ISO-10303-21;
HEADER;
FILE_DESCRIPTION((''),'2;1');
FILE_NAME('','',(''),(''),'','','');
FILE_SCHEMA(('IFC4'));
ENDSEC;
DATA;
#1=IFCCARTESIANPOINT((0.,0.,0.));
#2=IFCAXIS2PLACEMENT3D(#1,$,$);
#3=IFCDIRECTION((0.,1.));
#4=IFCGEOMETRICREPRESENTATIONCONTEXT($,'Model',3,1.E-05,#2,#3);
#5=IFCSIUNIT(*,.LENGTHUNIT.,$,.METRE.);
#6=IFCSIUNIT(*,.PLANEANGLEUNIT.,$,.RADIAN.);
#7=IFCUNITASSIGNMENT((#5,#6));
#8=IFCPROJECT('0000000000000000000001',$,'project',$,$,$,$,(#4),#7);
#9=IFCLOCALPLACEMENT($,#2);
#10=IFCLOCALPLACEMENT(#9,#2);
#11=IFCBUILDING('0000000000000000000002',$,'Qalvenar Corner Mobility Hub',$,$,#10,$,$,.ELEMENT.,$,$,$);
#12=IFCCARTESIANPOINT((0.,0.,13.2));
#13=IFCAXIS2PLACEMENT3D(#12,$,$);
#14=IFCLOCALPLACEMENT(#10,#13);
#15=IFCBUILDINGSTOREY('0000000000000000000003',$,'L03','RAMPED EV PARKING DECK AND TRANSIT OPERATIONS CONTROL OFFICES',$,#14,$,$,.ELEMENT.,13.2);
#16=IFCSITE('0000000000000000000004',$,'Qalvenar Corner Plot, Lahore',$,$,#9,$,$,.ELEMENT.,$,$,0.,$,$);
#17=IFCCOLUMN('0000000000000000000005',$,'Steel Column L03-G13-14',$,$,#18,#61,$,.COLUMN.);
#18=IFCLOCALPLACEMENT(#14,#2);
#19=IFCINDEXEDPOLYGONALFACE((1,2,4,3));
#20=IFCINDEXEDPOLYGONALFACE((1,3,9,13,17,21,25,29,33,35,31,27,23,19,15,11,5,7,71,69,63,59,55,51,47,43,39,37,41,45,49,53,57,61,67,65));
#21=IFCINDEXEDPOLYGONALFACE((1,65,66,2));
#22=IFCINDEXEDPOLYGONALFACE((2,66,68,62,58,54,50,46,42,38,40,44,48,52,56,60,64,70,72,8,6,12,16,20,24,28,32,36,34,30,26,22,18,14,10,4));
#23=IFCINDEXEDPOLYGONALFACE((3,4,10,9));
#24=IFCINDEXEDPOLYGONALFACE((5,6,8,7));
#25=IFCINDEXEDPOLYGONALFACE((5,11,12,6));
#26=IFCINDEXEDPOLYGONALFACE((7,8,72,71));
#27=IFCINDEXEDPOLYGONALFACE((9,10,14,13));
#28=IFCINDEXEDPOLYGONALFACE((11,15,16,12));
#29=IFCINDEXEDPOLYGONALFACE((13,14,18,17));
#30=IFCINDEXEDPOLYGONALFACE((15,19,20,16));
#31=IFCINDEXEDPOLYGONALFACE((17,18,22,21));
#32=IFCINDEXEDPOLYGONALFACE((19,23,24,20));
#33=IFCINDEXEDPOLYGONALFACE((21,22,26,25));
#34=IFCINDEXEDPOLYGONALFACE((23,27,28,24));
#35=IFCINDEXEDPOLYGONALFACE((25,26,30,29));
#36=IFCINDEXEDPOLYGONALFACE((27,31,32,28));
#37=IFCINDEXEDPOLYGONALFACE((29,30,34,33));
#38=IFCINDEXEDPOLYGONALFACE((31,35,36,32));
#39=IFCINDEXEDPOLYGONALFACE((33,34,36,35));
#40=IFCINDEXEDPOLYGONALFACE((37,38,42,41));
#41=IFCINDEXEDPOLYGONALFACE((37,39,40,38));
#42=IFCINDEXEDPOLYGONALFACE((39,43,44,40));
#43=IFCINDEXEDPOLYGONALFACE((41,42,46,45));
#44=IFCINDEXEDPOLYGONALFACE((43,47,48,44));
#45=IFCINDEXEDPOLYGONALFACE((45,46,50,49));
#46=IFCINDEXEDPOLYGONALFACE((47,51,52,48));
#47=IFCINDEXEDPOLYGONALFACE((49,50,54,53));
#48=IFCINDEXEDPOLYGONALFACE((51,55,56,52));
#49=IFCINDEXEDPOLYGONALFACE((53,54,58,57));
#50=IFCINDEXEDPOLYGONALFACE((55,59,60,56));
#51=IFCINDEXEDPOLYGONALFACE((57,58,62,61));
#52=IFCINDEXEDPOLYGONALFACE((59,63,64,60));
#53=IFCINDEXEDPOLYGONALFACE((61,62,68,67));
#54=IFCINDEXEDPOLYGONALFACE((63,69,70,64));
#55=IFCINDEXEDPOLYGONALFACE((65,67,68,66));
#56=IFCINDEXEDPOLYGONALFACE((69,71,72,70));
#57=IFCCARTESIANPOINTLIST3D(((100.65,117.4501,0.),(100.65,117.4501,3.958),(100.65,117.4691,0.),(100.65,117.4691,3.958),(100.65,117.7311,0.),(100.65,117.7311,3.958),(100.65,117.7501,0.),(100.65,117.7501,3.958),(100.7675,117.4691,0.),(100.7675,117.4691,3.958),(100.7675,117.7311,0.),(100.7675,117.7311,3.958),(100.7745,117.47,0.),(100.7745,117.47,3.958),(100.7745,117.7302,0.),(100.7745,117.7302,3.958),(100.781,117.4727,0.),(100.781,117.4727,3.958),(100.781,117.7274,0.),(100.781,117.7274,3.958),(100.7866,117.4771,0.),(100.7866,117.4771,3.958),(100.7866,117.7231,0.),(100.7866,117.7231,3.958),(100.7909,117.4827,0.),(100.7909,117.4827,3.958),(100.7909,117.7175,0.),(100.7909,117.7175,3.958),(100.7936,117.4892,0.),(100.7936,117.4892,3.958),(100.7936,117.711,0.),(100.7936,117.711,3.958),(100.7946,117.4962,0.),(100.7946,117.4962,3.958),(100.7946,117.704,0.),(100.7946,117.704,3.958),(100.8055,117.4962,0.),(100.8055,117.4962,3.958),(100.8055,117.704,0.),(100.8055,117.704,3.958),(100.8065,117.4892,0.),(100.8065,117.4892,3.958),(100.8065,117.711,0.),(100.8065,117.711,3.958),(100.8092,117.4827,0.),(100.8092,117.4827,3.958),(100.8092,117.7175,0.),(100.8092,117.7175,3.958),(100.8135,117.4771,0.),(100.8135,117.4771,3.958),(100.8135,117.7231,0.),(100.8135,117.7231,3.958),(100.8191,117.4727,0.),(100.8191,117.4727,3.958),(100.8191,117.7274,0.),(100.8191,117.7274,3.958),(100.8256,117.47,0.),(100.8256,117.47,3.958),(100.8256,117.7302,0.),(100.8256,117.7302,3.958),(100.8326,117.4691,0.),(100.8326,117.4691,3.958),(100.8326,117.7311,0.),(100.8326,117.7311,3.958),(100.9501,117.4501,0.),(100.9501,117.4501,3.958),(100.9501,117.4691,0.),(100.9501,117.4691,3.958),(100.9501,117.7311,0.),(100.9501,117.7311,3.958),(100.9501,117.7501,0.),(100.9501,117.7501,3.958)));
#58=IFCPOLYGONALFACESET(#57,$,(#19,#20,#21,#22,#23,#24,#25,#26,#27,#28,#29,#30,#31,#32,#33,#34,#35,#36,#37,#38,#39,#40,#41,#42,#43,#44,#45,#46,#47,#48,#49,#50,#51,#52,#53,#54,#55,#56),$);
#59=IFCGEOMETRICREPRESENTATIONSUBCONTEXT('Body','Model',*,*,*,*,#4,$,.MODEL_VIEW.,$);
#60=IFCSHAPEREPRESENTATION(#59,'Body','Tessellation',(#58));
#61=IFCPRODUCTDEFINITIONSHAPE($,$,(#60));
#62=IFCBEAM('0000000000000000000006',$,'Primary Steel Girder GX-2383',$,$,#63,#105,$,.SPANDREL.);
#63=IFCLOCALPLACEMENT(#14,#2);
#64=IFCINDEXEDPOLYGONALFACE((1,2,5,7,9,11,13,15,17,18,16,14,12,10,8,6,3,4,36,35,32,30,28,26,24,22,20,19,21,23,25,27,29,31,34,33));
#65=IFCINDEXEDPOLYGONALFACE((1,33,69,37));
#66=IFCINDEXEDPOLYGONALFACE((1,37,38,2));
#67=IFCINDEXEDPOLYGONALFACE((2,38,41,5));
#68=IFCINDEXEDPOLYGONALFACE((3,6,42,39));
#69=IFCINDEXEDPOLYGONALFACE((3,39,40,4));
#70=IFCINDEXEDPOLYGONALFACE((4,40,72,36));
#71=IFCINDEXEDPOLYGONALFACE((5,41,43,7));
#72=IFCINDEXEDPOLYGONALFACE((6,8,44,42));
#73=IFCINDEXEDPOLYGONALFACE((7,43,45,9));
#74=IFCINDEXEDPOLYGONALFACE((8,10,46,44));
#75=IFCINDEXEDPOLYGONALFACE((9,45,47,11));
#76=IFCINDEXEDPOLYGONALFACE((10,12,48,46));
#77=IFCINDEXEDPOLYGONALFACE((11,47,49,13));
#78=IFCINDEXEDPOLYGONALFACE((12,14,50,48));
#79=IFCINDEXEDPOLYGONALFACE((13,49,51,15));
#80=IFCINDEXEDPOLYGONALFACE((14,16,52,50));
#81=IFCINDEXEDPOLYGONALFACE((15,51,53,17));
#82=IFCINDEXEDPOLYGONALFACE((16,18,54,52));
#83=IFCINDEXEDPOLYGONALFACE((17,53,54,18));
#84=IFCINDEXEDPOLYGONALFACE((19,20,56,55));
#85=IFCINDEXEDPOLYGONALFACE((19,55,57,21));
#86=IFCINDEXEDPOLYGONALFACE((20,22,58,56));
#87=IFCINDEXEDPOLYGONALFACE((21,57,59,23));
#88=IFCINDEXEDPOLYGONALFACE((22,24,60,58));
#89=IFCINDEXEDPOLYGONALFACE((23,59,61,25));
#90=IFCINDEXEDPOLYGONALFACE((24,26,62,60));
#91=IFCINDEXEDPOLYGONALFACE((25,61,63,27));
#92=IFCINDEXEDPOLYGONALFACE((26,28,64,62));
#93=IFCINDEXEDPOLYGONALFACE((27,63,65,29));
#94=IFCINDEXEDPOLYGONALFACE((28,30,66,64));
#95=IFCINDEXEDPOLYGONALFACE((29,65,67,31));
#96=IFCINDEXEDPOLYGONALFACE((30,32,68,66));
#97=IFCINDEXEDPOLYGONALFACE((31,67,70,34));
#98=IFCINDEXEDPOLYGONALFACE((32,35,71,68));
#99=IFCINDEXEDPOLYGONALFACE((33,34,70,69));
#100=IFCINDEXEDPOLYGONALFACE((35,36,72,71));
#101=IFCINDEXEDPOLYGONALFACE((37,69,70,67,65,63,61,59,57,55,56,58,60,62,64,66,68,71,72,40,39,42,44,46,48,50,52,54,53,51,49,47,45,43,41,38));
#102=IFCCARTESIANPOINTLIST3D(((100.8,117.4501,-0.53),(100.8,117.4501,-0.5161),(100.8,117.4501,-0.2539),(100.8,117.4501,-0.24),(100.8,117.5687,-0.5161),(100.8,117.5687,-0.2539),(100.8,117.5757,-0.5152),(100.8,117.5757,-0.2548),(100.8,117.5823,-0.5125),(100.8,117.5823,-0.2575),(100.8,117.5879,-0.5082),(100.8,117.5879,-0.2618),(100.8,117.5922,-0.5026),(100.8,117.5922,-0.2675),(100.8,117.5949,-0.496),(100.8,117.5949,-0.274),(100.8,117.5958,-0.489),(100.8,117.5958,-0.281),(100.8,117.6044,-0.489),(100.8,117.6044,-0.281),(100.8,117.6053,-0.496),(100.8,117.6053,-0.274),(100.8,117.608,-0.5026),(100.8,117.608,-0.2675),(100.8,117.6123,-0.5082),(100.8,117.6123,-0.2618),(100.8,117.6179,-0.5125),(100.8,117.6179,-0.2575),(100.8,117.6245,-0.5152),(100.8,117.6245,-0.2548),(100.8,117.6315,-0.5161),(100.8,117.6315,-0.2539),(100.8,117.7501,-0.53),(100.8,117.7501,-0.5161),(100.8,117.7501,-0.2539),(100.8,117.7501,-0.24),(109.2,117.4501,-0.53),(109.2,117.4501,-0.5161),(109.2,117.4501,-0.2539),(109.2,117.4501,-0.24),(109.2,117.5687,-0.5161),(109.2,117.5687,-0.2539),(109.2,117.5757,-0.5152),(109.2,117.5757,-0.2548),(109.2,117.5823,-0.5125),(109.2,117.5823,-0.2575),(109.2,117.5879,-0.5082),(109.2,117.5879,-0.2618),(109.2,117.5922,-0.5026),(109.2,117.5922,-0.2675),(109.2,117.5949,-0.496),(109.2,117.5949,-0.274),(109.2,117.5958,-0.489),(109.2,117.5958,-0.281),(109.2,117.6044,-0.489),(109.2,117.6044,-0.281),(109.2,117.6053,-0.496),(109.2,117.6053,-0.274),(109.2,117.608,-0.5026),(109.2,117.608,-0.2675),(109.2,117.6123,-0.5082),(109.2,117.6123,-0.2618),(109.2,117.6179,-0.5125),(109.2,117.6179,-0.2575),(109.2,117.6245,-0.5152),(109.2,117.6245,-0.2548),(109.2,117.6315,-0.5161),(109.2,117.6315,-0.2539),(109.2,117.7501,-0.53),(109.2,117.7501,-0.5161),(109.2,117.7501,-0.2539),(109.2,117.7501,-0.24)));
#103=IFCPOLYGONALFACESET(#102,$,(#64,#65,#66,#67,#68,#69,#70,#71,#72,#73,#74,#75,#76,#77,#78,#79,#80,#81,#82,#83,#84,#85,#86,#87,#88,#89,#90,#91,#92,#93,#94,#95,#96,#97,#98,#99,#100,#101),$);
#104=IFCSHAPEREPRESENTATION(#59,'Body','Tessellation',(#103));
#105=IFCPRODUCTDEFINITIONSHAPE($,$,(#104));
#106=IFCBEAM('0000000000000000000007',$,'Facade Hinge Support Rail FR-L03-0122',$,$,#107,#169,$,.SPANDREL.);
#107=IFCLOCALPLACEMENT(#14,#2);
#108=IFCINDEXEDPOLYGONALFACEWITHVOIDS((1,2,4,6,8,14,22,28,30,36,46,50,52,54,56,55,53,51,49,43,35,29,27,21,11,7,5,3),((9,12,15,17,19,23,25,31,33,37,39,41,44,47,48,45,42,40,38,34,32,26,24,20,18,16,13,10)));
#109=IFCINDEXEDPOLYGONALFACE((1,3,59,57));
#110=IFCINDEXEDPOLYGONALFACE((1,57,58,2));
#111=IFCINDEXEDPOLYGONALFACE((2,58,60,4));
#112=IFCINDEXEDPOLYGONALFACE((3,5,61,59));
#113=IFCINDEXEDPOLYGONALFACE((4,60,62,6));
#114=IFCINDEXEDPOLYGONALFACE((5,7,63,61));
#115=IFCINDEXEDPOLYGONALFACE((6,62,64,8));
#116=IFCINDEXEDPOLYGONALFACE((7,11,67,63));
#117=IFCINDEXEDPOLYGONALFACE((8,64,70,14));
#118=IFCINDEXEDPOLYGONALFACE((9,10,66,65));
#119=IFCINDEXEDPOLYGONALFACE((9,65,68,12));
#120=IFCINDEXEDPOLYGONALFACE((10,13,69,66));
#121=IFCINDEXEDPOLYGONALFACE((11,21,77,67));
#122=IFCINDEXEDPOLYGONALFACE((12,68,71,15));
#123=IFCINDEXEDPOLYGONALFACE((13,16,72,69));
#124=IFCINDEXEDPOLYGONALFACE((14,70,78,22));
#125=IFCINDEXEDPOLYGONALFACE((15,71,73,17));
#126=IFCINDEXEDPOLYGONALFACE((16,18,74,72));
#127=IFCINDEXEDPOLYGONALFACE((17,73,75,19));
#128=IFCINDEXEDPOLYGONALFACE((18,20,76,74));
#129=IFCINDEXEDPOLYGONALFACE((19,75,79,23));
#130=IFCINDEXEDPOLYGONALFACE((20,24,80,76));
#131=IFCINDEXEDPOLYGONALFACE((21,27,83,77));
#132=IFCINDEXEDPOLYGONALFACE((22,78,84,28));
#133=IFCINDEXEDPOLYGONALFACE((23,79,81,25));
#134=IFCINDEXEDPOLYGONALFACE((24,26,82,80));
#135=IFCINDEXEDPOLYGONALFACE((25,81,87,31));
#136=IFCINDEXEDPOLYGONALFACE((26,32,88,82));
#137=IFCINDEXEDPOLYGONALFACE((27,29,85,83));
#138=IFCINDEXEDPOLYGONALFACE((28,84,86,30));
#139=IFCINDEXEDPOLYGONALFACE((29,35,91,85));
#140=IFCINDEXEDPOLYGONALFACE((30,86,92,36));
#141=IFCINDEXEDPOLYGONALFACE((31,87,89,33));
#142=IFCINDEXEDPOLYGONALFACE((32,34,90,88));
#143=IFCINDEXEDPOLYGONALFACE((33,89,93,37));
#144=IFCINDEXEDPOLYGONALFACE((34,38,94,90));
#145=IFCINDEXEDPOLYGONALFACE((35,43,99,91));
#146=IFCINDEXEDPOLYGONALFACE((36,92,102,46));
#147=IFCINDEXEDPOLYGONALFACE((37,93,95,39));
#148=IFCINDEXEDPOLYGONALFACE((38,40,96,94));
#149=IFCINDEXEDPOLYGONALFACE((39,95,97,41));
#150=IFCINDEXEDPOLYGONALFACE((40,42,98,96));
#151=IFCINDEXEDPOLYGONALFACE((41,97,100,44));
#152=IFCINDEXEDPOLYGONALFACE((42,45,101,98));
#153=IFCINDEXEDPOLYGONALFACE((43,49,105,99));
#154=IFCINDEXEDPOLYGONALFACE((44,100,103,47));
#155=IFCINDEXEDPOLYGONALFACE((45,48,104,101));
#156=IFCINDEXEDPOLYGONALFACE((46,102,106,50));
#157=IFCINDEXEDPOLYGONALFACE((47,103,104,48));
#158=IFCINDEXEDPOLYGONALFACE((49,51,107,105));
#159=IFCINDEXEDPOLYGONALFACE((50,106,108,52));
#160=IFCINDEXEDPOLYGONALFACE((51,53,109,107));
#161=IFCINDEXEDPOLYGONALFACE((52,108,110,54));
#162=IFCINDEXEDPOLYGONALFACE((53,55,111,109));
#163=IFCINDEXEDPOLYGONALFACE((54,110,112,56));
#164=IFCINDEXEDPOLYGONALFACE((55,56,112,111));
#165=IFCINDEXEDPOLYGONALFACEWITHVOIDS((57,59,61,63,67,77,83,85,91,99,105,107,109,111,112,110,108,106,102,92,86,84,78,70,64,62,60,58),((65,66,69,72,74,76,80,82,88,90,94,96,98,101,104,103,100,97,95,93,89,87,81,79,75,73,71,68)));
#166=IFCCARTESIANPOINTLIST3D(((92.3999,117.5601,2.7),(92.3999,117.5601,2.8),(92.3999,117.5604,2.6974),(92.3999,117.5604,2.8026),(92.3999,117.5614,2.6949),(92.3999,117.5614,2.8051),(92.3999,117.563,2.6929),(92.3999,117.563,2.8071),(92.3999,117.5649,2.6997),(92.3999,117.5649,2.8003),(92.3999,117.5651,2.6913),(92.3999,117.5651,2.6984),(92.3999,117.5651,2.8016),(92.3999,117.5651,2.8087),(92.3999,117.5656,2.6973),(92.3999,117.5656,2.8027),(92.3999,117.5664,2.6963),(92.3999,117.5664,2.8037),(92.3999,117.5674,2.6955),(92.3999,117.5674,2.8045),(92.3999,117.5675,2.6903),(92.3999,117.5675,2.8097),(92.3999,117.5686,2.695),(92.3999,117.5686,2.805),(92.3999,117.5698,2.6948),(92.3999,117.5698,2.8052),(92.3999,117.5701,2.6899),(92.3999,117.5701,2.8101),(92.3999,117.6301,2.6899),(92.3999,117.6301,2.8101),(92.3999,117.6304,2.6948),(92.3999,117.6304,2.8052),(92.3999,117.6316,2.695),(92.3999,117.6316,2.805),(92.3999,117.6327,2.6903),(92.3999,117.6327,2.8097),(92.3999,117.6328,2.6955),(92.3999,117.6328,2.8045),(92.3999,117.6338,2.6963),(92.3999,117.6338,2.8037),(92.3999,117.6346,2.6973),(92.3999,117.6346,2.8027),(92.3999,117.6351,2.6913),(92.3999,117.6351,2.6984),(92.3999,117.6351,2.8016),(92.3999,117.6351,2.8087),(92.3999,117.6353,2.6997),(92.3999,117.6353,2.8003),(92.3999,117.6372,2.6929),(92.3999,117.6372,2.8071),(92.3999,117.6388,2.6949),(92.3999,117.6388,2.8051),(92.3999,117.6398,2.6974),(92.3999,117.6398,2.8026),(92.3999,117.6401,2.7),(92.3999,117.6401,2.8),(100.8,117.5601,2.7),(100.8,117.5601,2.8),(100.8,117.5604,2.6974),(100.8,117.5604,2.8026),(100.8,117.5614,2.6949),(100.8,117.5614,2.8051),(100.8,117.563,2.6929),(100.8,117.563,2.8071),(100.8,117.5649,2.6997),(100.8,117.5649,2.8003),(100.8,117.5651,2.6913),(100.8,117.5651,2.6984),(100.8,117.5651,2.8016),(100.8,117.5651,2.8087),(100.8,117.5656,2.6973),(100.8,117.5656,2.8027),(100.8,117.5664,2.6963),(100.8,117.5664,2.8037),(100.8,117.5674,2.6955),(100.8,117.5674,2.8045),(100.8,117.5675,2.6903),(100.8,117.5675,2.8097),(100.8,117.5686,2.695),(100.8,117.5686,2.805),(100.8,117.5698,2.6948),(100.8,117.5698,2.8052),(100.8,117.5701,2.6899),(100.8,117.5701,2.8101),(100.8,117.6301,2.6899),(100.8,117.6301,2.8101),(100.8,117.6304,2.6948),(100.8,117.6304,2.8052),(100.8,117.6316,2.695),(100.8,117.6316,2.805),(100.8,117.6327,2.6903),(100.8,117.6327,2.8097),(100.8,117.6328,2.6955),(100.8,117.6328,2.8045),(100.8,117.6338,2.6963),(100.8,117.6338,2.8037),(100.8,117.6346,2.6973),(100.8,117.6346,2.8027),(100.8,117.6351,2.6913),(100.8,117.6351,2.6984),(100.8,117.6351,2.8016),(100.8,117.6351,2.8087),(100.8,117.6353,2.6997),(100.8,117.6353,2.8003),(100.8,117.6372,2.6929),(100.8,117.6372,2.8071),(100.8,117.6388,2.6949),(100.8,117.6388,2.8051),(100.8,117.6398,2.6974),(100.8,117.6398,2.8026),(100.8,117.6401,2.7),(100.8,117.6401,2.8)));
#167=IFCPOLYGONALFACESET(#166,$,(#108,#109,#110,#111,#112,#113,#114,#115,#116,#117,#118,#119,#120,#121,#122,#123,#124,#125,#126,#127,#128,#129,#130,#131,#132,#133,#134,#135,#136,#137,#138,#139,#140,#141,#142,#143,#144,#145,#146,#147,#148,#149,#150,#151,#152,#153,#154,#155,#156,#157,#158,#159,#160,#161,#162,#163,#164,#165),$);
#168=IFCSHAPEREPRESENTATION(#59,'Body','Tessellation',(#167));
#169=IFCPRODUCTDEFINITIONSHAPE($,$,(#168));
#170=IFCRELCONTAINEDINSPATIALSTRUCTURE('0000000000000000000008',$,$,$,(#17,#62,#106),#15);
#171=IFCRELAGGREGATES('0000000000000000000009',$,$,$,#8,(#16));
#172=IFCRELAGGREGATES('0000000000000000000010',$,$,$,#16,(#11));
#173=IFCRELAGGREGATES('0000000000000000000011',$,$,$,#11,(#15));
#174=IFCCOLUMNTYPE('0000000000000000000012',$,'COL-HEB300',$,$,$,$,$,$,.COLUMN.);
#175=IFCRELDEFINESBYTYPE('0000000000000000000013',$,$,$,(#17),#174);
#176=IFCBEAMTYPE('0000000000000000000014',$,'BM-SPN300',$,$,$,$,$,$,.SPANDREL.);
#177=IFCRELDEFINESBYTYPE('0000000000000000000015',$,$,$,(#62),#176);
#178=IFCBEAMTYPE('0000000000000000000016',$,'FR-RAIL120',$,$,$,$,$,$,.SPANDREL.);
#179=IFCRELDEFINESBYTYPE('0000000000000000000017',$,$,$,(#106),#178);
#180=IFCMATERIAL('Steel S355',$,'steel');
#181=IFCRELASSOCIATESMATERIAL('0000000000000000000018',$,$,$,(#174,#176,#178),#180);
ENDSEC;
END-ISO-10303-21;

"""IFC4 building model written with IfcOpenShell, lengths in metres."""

from ifc_helpers import new_model, si_unit, direction, frame, origin, origin_2d, place, context, subcontext, project, spatial, hollow_rectangle, i_section, extrude, material, material_profile, profile_set, type_object, element, save


model = new_model("IFC4")

# Units and contexts
model_context = context("Model", 3, precision=1e-05, world=origin(), true_north=direction((0.0, 1.0)))
body_context = subcontext(model_context, "Body", "Model", "MODEL_VIEW")
ifc_project = project(units=[si_unit("LENGTHUNIT", "METRE"), si_unit("PLANEANGLEUNIT", "RADIAN")], contexts=[model_context])

# Site, building, storey
site_placement = place(None, origin())
site = spatial("IfcSite", under=ifc_project, at=site_placement, Name="Qalvenar Corner Plot, Lahore", CompositionType="ELEMENT", RefElevation=0.0)
building_placement = place(site_placement, origin())
building = spatial("IfcBuilding", under=site, at=building_placement, Name="Qalvenar Corner Mobility Hub", CompositionType="ELEMENT")
storey_placement = place(building_placement, frame((0.0, 0.0, 13.2)))
storey = spatial("IfcBuildingStorey", under=building, at=storey_placement, Name="L03", Description="RAMPED EV PARKING DECK AND TRANSIT OPERATIONS CONTROL OFFICES", CompositionType="ELEMENT", Elevation=13.2)

# Column
ifc_material = material(Name="Steel S355", Category="steel")
ifc_material_profile_1 = material_profile(ifc_material, i_section(OverallWidth=0.3, OverallDepth=0.3, WebThickness=0.011, FlangeThickness=0.019, FilletRadius=0.0271, at=origin_2d()), Name="HEB300")
ifc_profile_set_1 = profile_set([ifc_material_profile_1], Name="Steel S355")
column_type = type_object("IfcColumnType", Name="COL-HEB300", PredefinedType="COLUMN", material=ifc_profile_set_1)
column_placement = place(storey_placement, frame((100.8, 117.6001, 0.0), z_axis=(0.0, 0.0, 1.0), x_axis=(1.0, 0.0, 0.0)))
element("IfcColumn", 1, at=column_placement, inside=storey, type_object=column_type, Name="Steel Column L03-G13-14", PredefinedType="COLUMN", context=body_context, shape_type="SweptSolid", body=[
    extrude(i_section(OverallWidth=0.3, OverallDepth=0.3, WebThickness=0.011, FlangeThickness=0.019, FilletRadius=0.0271, at=origin_2d()), origin(), (0.0, 0.0, 1.0), 3.958),
])

# Beams
ifc_material_profile_2 = material_profile(ifc_material, i_section(OverallWidth=0.3, OverallDepth=0.29, WebThickness=0.0085, FlangeThickness=0.0139, FilletRadius=0.0271, at=origin_2d()), Name="HEA300")
ifc_profile_set_2 = profile_set([ifc_material_profile_2], Name="Steel S355")
beam_type_1 = type_object("IfcBeamType", Name="BM-SPN300", PredefinedType="SPANDREL", material=ifc_profile_set_2)
beam_1_placement = place(storey_placement, frame((100.8, 117.6001, -0.385), z_axis=(1.0, 0.0, 0.0), x_axis=(0.0, 1.0, 0.0)))
element("IfcBeam", 2, at=beam_1_placement, inside=storey, type_object=beam_type_1, Name="Primary Steel Girder GX-2383", PredefinedType="SPANDREL", context=body_context, shape_type="SweptSolid", body=[
    extrude(i_section(OverallWidth=0.3, OverallDepth=0.29, WebThickness=0.0085, FlangeThickness=0.0139, FilletRadius=0.0271, at=origin_2d()), origin(), (0.0, 0.0, 1.0), 8.3999),
])
ifc_material_profile_3 = material_profile(ifc_material, hollow_rectangle(XDim=0.0801, YDim=0.1201, WallThickness=0.0049, InnerFilletRadius=0.0049, OuterFilletRadius=0.01, at=origin_2d()), Name="RHS120x80x5")
ifc_profile_set_3 = profile_set([ifc_material_profile_3], Name="Steel S355")
beam_type_2 = type_object("IfcBeamType", Name="FR-RAIL120", PredefinedType="SPANDREL", material=ifc_profile_set_3)
beam_2_placement = place(storey_placement, frame((100.8, 117.6001, 2.75), z_axis=(-1.0, 0.0, 0.0), x_axis=(0.0, -1.0, 0.0)))
element("IfcBeam", 3, at=beam_2_placement, inside=storey, type_object=beam_type_2, Name="Facade Hinge Support Rail FR-L03-0122", PredefinedType="SPANDREL", context=body_context, shape_type="SweptSolid", body=[
    extrude(hollow_rectangle(XDim=0.0801, YDim=0.1201, WallThickness=0.0049, InnerFilletRadius=0.0049, OuterFilletRadius=0.01, at=origin_2d()), origin(), (0.0, 0.0, 1.0), 8.4001),
])

save(model, "model.ifc")
